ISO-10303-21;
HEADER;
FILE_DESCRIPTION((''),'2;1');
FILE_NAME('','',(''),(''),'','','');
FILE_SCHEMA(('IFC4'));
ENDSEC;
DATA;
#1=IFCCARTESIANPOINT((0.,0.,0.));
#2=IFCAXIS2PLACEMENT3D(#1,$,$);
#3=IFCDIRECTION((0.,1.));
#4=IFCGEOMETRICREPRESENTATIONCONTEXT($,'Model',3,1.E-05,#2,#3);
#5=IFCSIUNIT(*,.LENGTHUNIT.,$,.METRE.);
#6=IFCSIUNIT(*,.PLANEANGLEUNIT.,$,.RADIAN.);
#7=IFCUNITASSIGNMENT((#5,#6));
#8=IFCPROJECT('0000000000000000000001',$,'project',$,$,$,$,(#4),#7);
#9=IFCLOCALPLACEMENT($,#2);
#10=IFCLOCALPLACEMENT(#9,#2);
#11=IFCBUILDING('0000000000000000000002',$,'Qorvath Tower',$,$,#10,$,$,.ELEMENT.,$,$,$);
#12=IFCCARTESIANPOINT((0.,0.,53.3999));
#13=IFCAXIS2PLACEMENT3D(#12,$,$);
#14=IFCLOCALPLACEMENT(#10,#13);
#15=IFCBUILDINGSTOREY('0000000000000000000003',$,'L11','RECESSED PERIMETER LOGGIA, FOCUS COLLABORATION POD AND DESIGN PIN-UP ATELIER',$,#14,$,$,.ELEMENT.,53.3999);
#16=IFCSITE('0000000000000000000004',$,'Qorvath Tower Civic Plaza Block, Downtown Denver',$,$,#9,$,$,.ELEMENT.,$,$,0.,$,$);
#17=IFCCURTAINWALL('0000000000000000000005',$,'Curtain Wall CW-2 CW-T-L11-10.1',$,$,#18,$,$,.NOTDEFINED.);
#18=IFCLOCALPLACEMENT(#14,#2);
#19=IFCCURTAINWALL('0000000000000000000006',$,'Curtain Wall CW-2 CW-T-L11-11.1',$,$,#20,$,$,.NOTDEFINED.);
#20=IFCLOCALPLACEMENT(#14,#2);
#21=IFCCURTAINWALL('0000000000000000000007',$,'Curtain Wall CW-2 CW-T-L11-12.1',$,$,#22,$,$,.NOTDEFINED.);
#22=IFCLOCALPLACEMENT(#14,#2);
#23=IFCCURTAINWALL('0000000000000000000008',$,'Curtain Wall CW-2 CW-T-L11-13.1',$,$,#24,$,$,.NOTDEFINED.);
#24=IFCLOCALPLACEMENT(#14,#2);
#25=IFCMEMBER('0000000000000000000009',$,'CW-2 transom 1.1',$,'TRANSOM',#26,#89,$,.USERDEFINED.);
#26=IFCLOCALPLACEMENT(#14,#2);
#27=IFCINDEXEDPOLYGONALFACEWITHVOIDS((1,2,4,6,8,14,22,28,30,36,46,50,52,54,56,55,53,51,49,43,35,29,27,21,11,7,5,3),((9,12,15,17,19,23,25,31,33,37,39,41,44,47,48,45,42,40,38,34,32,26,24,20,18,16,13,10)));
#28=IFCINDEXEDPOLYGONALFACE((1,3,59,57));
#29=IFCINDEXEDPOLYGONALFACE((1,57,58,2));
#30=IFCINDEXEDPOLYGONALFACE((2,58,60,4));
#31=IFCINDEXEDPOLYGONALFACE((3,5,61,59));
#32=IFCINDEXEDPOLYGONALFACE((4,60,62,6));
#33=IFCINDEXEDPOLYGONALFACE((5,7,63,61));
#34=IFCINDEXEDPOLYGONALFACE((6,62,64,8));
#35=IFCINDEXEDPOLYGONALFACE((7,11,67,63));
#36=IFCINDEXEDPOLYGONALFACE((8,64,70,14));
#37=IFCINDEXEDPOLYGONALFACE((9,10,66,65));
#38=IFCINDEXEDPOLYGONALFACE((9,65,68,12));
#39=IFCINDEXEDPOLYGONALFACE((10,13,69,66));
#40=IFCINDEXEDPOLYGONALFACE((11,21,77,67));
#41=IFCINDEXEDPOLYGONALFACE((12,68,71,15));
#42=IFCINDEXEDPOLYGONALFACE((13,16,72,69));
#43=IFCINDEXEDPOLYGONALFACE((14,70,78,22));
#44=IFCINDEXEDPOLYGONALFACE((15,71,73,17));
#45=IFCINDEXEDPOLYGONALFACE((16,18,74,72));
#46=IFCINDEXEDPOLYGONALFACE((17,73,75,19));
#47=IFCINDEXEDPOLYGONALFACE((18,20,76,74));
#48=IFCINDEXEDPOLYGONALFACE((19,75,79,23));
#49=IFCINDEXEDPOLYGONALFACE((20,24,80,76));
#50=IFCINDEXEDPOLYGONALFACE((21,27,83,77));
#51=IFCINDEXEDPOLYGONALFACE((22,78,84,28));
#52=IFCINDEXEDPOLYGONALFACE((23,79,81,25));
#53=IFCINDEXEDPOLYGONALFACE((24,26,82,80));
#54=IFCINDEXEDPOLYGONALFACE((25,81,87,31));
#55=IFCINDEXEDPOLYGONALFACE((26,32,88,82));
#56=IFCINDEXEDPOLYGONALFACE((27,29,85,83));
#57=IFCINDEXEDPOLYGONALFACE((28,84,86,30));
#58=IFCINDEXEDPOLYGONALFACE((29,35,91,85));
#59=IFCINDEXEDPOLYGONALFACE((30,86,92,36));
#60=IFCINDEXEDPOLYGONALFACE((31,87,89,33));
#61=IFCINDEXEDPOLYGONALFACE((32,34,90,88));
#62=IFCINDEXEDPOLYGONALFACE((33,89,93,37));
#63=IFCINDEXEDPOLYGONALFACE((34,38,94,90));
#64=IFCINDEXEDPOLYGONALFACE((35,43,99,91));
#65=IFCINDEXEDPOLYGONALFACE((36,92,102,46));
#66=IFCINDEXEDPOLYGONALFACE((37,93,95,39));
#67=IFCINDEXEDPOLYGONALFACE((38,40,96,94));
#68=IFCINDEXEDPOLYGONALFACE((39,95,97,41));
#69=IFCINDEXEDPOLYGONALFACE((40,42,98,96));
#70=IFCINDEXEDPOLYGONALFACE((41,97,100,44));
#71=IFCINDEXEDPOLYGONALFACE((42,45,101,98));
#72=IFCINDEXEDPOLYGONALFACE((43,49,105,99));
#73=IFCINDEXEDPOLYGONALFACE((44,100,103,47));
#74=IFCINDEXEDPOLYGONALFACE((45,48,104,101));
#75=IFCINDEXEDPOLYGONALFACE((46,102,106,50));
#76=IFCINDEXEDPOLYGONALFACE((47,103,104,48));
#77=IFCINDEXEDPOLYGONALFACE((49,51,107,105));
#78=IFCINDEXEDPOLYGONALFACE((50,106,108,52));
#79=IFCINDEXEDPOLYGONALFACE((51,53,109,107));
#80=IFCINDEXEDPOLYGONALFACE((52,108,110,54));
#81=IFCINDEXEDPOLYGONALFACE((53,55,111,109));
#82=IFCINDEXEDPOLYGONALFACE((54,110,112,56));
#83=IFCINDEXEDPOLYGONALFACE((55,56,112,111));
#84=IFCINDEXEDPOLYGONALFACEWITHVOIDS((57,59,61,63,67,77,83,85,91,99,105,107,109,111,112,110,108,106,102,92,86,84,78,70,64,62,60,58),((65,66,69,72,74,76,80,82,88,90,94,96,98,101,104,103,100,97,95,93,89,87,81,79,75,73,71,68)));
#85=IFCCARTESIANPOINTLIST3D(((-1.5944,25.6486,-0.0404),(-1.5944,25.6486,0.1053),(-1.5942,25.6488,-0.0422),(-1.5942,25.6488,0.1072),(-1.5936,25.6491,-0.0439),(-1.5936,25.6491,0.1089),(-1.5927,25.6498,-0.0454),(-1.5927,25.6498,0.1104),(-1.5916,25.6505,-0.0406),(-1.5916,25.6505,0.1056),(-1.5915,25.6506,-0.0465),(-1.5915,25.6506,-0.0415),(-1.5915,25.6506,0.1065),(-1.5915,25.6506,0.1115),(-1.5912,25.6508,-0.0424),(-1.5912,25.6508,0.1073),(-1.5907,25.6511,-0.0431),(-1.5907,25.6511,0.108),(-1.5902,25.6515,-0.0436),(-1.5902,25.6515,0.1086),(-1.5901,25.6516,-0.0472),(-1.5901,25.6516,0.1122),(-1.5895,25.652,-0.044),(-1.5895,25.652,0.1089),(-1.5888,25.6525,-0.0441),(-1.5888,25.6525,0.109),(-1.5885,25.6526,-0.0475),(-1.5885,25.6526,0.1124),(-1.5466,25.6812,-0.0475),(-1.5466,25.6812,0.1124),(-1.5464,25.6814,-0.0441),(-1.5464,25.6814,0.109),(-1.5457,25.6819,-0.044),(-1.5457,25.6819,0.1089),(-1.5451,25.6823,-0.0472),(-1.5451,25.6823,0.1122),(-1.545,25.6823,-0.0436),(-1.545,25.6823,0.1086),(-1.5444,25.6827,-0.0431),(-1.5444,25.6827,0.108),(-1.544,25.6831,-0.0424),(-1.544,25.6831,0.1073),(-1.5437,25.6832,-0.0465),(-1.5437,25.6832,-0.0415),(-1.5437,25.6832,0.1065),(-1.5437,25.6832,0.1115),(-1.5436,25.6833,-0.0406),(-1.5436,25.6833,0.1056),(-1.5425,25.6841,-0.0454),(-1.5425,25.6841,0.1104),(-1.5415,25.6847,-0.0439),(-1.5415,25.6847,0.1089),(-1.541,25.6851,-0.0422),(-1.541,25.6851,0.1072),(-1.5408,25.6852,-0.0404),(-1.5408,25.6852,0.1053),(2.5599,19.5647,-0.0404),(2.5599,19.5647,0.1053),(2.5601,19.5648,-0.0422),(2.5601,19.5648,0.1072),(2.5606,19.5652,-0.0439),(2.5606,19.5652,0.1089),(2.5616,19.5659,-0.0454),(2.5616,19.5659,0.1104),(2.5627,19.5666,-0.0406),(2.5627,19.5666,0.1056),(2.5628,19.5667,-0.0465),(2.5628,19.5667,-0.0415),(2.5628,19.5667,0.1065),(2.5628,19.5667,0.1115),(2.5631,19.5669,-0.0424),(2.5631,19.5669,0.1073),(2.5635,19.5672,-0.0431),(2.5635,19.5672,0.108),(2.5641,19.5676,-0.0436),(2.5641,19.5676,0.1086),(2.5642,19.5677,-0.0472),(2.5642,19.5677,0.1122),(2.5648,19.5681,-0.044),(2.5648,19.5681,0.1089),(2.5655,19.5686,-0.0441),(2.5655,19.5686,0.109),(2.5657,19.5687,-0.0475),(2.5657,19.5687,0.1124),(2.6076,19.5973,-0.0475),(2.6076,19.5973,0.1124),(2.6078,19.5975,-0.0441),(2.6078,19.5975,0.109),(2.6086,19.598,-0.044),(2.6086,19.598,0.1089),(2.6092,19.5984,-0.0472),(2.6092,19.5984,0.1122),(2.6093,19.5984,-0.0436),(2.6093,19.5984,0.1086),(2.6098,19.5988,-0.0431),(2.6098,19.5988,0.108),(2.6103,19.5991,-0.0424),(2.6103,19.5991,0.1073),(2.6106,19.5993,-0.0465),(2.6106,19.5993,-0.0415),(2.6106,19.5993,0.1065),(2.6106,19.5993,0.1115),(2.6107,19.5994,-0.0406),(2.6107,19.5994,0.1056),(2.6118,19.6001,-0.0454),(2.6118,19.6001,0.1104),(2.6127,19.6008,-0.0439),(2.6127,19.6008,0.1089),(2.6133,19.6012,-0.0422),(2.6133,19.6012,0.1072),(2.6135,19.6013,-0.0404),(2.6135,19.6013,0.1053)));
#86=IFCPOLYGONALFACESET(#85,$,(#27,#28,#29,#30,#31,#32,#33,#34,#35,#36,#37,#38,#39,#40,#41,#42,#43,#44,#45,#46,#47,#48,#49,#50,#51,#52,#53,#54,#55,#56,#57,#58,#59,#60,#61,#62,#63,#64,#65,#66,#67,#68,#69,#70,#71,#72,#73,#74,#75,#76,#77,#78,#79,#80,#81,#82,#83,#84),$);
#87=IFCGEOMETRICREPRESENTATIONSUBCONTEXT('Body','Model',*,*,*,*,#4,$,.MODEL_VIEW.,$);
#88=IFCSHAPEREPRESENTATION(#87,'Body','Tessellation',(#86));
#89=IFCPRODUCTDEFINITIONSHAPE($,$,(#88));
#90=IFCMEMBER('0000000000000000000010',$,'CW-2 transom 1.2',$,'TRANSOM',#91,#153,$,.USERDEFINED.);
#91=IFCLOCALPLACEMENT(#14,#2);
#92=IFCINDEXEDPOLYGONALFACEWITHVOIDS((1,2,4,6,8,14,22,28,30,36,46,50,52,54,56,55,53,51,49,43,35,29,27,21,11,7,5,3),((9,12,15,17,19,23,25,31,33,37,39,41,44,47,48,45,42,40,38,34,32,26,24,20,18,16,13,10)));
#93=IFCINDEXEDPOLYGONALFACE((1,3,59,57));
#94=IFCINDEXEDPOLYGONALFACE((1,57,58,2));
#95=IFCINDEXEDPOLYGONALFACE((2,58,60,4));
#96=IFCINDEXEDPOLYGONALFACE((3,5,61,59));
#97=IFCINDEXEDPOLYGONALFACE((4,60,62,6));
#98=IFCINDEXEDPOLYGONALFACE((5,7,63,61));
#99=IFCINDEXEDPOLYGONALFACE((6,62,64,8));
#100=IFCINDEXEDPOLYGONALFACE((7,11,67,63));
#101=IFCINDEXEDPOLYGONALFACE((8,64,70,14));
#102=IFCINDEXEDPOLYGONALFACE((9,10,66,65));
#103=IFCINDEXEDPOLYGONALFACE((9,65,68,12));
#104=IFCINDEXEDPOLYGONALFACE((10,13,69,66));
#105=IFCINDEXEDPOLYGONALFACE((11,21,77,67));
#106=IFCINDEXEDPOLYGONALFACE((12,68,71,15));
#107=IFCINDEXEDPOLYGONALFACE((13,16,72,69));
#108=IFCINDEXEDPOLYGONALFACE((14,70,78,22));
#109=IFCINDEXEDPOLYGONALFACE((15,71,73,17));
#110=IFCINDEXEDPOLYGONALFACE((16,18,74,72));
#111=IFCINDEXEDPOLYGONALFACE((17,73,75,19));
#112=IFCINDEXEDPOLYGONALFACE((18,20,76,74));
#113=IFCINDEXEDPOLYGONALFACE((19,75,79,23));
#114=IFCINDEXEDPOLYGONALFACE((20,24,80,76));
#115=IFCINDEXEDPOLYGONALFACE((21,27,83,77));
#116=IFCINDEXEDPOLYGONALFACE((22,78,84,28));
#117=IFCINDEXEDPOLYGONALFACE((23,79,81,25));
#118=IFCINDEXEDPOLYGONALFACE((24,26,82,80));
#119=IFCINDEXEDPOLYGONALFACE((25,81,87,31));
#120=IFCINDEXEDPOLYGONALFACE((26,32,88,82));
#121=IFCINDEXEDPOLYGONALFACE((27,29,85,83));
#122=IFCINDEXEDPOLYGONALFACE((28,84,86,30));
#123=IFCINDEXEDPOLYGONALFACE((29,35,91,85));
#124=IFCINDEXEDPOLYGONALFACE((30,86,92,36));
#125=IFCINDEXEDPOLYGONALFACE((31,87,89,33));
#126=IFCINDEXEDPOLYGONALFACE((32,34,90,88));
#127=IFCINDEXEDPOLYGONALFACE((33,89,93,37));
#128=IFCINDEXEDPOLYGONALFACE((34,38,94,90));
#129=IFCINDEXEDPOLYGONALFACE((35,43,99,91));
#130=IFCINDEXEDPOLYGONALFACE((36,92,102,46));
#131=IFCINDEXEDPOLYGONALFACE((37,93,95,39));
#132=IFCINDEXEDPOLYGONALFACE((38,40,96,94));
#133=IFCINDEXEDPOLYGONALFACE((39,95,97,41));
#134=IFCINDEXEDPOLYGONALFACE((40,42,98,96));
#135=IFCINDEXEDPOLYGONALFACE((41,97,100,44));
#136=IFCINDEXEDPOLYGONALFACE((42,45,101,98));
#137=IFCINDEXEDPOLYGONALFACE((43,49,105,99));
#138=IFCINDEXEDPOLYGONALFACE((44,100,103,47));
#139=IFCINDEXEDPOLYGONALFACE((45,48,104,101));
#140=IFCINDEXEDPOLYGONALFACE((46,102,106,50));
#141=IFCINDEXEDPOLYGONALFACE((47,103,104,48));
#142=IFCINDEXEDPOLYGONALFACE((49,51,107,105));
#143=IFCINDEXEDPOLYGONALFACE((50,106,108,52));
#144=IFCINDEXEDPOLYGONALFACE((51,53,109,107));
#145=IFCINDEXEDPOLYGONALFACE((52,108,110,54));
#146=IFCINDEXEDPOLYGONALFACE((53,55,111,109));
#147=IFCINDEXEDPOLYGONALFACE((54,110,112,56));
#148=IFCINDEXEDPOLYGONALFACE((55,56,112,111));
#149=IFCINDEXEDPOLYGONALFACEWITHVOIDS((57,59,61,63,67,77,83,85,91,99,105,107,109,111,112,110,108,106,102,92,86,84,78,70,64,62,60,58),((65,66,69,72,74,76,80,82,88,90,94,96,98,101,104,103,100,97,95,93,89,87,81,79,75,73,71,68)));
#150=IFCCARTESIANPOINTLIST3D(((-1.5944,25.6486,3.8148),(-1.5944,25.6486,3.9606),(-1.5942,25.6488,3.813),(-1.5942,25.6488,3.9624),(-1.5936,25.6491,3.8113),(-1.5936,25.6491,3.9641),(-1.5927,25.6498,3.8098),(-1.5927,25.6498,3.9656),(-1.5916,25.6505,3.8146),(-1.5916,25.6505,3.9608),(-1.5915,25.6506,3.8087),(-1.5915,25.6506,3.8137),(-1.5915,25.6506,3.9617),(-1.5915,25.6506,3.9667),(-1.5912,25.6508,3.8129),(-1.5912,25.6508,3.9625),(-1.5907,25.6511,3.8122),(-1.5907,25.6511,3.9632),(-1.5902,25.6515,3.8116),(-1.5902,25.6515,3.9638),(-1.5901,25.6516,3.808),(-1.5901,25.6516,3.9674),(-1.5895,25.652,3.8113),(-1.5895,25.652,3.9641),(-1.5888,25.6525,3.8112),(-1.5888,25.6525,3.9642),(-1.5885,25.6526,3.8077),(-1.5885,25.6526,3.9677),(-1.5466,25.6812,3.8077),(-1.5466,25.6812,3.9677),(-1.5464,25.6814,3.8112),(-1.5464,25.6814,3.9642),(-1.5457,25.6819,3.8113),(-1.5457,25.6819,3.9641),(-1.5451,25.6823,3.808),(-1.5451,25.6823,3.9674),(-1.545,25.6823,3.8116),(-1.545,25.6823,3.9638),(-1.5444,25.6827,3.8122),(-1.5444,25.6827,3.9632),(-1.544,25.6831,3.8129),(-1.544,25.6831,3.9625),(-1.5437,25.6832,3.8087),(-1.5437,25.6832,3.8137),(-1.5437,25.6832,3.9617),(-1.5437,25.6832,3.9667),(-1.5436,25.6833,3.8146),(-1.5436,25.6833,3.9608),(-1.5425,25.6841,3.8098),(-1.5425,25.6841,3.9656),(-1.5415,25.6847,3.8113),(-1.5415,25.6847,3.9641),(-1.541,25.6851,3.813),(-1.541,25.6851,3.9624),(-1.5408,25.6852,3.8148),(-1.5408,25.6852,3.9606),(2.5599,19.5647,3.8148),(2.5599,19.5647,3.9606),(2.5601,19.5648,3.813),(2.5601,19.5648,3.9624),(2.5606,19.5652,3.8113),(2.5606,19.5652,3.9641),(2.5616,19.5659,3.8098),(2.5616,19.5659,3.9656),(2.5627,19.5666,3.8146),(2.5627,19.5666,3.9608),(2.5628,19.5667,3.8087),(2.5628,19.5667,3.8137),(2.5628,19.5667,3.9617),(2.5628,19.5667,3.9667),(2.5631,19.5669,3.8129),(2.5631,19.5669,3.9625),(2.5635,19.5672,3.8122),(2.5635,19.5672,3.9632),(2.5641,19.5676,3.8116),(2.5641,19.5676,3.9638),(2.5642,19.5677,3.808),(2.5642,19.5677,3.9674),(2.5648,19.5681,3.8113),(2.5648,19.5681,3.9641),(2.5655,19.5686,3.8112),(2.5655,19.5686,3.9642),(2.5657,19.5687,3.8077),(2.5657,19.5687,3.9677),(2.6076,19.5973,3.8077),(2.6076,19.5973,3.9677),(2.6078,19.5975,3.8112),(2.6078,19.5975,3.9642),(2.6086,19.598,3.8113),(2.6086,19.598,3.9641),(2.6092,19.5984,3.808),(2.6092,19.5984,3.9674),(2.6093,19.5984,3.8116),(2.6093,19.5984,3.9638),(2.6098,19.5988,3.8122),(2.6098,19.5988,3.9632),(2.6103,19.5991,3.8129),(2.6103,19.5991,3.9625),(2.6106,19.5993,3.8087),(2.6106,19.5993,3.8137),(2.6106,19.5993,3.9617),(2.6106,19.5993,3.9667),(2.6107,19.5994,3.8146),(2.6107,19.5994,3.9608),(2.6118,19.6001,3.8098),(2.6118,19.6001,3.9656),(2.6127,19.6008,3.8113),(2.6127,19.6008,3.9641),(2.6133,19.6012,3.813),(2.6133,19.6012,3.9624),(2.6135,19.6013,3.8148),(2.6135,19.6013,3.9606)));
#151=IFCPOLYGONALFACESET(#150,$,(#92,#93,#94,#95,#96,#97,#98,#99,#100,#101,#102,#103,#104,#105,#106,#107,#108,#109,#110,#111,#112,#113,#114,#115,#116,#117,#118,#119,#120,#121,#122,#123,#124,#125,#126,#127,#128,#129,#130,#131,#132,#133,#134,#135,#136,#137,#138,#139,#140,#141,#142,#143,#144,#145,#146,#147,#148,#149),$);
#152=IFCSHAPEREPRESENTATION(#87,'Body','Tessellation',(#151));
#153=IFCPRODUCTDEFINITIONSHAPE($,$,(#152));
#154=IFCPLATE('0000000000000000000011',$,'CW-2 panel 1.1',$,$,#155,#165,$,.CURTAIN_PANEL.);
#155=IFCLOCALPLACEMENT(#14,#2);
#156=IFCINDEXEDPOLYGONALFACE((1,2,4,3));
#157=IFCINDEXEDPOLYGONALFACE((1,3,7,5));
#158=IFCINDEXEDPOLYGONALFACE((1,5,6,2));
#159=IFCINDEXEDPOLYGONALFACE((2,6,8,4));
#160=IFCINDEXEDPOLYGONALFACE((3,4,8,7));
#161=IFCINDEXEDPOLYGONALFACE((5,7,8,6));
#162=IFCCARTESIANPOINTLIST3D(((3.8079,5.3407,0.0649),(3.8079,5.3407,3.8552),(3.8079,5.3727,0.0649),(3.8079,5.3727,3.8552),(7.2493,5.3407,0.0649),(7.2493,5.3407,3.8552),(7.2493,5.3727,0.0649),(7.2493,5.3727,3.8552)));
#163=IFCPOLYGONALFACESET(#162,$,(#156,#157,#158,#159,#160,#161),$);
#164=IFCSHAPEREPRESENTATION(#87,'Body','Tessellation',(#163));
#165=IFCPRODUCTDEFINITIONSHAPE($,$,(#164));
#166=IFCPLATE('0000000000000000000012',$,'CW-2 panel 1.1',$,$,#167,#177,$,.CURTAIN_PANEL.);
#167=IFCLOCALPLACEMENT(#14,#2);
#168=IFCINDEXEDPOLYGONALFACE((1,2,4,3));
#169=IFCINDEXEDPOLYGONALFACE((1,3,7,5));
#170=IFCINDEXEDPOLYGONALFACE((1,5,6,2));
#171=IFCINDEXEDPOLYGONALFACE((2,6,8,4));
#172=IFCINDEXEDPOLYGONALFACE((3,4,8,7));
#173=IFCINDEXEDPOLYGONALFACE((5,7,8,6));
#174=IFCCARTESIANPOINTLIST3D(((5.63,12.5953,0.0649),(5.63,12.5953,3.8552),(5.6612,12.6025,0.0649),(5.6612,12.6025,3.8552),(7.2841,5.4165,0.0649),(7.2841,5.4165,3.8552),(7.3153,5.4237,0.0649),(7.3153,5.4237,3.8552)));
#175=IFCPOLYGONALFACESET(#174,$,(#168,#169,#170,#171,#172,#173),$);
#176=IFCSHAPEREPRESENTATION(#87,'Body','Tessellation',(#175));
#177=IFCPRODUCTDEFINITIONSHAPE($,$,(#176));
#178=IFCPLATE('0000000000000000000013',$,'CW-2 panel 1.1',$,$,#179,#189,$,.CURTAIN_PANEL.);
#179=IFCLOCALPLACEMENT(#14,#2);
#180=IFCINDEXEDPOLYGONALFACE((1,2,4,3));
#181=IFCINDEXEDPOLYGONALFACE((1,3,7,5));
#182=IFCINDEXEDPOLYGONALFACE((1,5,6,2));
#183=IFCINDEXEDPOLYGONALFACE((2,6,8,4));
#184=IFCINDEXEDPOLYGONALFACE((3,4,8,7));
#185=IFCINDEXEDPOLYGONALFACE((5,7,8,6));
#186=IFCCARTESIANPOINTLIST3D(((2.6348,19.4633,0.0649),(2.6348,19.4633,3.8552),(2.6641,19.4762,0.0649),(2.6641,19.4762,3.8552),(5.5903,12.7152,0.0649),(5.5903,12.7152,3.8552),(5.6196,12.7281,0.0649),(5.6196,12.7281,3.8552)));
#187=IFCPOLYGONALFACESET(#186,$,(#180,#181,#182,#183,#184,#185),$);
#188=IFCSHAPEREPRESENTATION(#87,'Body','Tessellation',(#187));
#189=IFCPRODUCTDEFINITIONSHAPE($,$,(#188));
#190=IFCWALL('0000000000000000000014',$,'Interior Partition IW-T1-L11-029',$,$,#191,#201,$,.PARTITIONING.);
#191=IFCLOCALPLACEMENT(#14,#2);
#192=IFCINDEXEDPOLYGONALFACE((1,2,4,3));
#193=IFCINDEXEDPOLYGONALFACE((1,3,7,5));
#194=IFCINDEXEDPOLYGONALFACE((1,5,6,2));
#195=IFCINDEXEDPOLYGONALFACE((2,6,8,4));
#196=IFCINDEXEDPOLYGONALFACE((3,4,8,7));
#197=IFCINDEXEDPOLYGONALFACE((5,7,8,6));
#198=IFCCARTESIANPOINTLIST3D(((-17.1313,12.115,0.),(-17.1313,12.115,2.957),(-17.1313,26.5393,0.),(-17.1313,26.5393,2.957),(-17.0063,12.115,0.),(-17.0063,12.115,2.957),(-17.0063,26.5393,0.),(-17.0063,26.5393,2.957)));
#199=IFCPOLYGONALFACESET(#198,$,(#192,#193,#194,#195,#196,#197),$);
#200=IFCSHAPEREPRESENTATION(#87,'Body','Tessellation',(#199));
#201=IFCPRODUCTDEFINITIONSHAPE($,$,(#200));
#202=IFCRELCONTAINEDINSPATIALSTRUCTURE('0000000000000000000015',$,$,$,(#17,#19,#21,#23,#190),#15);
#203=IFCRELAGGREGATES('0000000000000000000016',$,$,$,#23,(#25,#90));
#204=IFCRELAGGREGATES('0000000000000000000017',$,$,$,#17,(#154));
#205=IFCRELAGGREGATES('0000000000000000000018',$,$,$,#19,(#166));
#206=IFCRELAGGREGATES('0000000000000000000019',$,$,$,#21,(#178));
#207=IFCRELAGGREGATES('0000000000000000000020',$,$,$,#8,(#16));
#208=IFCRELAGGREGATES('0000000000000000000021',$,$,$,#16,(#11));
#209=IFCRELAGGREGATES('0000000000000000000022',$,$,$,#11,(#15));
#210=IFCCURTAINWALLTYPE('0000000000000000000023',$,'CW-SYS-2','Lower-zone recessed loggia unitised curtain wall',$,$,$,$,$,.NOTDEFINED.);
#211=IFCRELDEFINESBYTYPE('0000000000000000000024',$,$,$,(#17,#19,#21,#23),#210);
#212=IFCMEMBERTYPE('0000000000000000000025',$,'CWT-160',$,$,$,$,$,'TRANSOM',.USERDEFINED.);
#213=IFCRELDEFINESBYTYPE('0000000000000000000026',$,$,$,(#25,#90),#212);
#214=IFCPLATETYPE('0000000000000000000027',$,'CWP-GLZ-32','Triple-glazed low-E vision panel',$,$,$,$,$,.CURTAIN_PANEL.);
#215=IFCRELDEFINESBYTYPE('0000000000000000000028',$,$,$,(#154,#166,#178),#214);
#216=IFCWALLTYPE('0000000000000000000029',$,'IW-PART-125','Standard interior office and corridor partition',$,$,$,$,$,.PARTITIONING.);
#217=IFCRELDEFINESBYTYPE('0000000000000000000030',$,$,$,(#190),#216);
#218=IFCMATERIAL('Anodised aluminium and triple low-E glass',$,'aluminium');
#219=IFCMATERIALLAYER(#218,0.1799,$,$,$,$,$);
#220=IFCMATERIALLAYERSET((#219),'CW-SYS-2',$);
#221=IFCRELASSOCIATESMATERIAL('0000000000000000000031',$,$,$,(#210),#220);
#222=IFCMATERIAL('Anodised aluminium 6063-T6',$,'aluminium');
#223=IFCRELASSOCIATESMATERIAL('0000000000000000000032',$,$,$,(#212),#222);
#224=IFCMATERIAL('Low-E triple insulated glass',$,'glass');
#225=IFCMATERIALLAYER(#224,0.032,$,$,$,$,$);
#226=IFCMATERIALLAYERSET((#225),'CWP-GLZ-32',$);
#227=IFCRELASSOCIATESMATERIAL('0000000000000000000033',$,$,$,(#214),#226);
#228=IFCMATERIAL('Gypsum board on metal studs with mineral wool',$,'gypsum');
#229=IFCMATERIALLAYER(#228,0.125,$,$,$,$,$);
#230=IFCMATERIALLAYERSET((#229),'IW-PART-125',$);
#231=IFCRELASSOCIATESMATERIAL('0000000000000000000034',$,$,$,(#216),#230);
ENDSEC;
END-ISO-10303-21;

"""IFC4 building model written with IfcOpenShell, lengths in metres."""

from ifc_helpers import new_model, si_unit, direction, frame, frame_2d, origin, origin_2d, place, context, subcontext, project, spatial, rectangle, hollow_rectangle, extrude, material, layer, layer_set, material_profile, profile_set, type_object, element, aggregate, save


model = new_model("IFC4")

# Units and contexts
model_context = context("Model", 3, precision=1e-05, world=origin(), true_north=direction((0.0, 1.0)))
body_context = subcontext(model_context, "Body", "Model", "MODEL_VIEW")
ifc_project = project(units=[si_unit("LENGTHUNIT", "METRE"), si_unit("PLANEANGLEUNIT", "RADIAN")], contexts=[model_context])

# Site, building, storey
site_placement = place(None, origin())
site = spatial("IfcSite", under=ifc_project, at=site_placement, Name="Qorvath Tower Civic Plaza Block, Downtown Denver", CompositionType="ELEMENT", RefElevation=0.0)
building_placement = place(site_placement, origin())
building = spatial("IfcBuilding", under=site, at=building_placement, Name="Qorvath Tower", CompositionType="ELEMENT")
storey_placement = place(building_placement, frame((0.0, 0.0, 53.3999)))
storey = spatial("IfcBuildingStorey", under=building, at=storey_placement, Name="L11", Description="RECESSED PERIMETER LOGGIA, FOCUS COLLABORATION POD AND DESIGN PIN-UP ATELIER", CompositionType="ELEMENT", Elevation=53.3999)

# Curtain walls
ifc_material_1 = material(Name="Anodised aluminium and triple low-E glass", Category="aluminium")
ifc_layer_1 = layer(ifc_material_1, 0.1799)
ifc_layer_set_1 = layer_set([ifc_layer_1], Name="CW-SYS-2")
curtain_wall_type = type_object("IfcCurtainWallType", Name="CW-SYS-2", Description="Lower-zone recessed loggia unitised curtain wall", PredefinedType="NOTDEFINED", material=ifc_layer_set_1)
curtain_wall_1_placement = place(storey_placement, origin())
curtain_wall_1 = element("IfcCurtainWall", 1, at=curtain_wall_1_placement, inside=storey, type_object=curtain_wall_type, Name="Curtain Wall CW-2 CW-T-L11-10.1", PredefinedType="NOTDEFINED")
curtain_wall_2_placement = place(storey_placement, origin())
curtain_wall_2 = element("IfcCurtainWall", 2, at=curtain_wall_2_placement, inside=storey, type_object=curtain_wall_type, Name="Curtain Wall CW-2 CW-T-L11-11.1", PredefinedType="NOTDEFINED")
curtain_wall_3_placement = place(storey_placement, origin())
curtain_wall_3 = element("IfcCurtainWall", 3, at=curtain_wall_3_placement, inside=storey, type_object=curtain_wall_type, Name="Curtain Wall CW-2 CW-T-L11-12.1", PredefinedType="NOTDEFINED")

# Curtain wall
curtain_wall_4_placement = place(storey_placement, origin())
curtain_wall_4 = element("IfcCurtainWall", 4, at=curtain_wall_4_placement, inside=storey, type_object=curtain_wall_type, Name="Curtain Wall CW-2 CW-T-L11-13.1", PredefinedType="NOTDEFINED")

# Members
ifc_material_2 = material(Name="Anodised aluminium 6063-T6", Category="aluminium")
ifc_material_profile_1 = material_profile(ifc_material_2, hollow_rectangle(XDim=0.0649, YDim=0.1599, WallThickness=0.0034, InnerFilletRadius=0.0034, OuterFilletRadius=0.0071, at=origin_2d()), Name="CWT 160x65")
ifc_profile_set_1 = profile_set([ifc_material_profile_1], Name="Anodised aluminium 6063-T6")
member_type_1 = type_object("IfcMemberType", Name="CWT-160", ElementType="TRANSOM", PredefinedType="USERDEFINED", material=ifc_profile_set_1)
member_1_placement = place(storey_placement, frame((2.5867, 19.583, 0.0325), z_axis=(-0.563904, 0.82584, 0.0), x_axis=(-0.82584, -0.563904, 0.0)))
member_1 = element("IfcMember", 5, at=member_1_placement, type_object=member_type_1, Name="CW-2 transom 1.1", ObjectType="TRANSOM", PredefinedType="USERDEFINED", context=body_context, shape_type="SweptSolid", body=[
    extrude(hollow_rectangle(XDim=0.0649, YDim=0.1599, WallThickness=0.0034, InnerFilletRadius=0.0034, OuterFilletRadius=0.0071, at=origin_2d()), origin(), (0.0, 0.0, 1.0), 7.3669),
])
member_2_placement = place(storey_placement, frame((2.5867, 19.583, 3.8877), z_axis=(-0.563904, 0.82584, 0.0), x_axis=(-0.82584, -0.563904, 0.0)))
member_2 = element("IfcMember", 6, at=member_2_placement, type_object=member_type_1, Name="CW-2 transom 1.2", ObjectType="TRANSOM", PredefinedType="USERDEFINED", context=body_context, shape_type="SweptSolid", body=[
    extrude(hollow_rectangle(XDim=0.0649, YDim=0.1599, WallThickness=0.0034, InnerFilletRadius=0.0034, OuterFilletRadius=0.0071, at=origin_2d()), origin(), (0.0, 0.0, 1.0), 7.3669),
])
aggregate(curtain_wall_4, [member_1, member_2])

# Plates
ifc_material_3 = material(Name="Low-E triple insulated glass", Category="glass")
ifc_layer_2 = layer(ifc_material_3, 0.032)
ifc_layer_set_2 = layer_set([ifc_layer_2], Name="CWP-GLZ-32")
plate_type = type_object("IfcPlateType", Name="CWP-GLZ-32", Description="Triple-glazed low-E vision panel", PredefinedType="CURTAIN_PANEL", material=ifc_layer_set_2)
plate_1_placement = place(storey_placement, frame((5.5286, 5.3567, 0.0649), z_axis=(0.0, 0.0, 1.0), x_axis=(1.0, 0.0, 0.0)))
plate_1 = element("IfcPlate", 7, at=plate_1_placement, type_object=plate_type, Name="CW-2 panel 1.1", PredefinedType="CURTAIN_PANEL", context=body_context, shape_type="SweptSolid", body=[
    extrude(rectangle(XDim=3.4414, YDim=0.032, at=origin_2d()), origin(), (0.0, 0.0, 1.0), 3.7903),
])
aggregate(curtain_wall_1, [plate_1])
plate_2_placement = place(storey_placement, frame((6.4727, 9.0095, 0.0649), z_axis=(0.0, 0.0, 1.0), x_axis=(-0.224535, 0.974466, 0.0)))
plate_2 = element("IfcPlate", 8, at=plate_2_placement, type_object=plate_type, Name="CW-2 panel 1.1", PredefinedType="CURTAIN_PANEL", context=body_context, shape_type="SweptSolid", body=[
    extrude(rectangle(XDim=7.3669, YDim=0.032, at=origin_2d()), origin(), (0.0, 0.0, 1.0), 3.7903),
])
aggregate(curtain_wall_2, [plate_2])
plate_3_placement = place(storey_placement, frame((4.1272, 16.0957, 0.0649), z_axis=(0.0, 0.0, 1.0), x_axis=(-0.401177, 0.916001, 0.0)))
plate_3 = element("IfcPlate", 9, at=plate_3_placement, type_object=plate_type, Name="CW-2 panel 1.1", PredefinedType="CURTAIN_PANEL", context=body_context, shape_type="SweptSolid", body=[
    extrude(rectangle(XDim=7.3669, YDim=0.032, at=origin_2d()), origin(), (0.0, 0.0, 1.0), 3.7903),
])
aggregate(curtain_wall_3, [plate_3])

# Wall
ifc_material_4 = material(Name="Gypsum board on metal studs with mineral wool", Category="gypsum")
ifc_layer_3 = layer(ifc_material_4, 0.125)
ifc_layer_set_3 = layer_set([ifc_layer_3], Name="IW-PART-125")
wall_type_1 = type_object("IfcWallType", Name="IW-PART-125", Description="Standard interior office and corridor partition", PredefinedType="PARTITIONING", material=ifc_layer_set_3)
wall_1_placement = place(storey_placement, frame((-17.0688, 12.115, 0.0), z_axis=(0.0, 0.0, 1.0), x_axis=(0.0, 1.0, 0.0)))
element("IfcWall", 10, at=wall_1_placement, inside=storey, type_object=wall_type_1, Name="Interior Partition IW-T1-L11-029", PredefinedType="PARTITIONING", context=body_context, shape_type="SweptSolid", body=[
    extrude(rectangle(XDim=14.4243, YDim=0.125, at=frame_2d((7.2122, 0.0))), origin(), (0.0, 0.0, 1.0), 2.957),
])

save(model, "model.ifc")
